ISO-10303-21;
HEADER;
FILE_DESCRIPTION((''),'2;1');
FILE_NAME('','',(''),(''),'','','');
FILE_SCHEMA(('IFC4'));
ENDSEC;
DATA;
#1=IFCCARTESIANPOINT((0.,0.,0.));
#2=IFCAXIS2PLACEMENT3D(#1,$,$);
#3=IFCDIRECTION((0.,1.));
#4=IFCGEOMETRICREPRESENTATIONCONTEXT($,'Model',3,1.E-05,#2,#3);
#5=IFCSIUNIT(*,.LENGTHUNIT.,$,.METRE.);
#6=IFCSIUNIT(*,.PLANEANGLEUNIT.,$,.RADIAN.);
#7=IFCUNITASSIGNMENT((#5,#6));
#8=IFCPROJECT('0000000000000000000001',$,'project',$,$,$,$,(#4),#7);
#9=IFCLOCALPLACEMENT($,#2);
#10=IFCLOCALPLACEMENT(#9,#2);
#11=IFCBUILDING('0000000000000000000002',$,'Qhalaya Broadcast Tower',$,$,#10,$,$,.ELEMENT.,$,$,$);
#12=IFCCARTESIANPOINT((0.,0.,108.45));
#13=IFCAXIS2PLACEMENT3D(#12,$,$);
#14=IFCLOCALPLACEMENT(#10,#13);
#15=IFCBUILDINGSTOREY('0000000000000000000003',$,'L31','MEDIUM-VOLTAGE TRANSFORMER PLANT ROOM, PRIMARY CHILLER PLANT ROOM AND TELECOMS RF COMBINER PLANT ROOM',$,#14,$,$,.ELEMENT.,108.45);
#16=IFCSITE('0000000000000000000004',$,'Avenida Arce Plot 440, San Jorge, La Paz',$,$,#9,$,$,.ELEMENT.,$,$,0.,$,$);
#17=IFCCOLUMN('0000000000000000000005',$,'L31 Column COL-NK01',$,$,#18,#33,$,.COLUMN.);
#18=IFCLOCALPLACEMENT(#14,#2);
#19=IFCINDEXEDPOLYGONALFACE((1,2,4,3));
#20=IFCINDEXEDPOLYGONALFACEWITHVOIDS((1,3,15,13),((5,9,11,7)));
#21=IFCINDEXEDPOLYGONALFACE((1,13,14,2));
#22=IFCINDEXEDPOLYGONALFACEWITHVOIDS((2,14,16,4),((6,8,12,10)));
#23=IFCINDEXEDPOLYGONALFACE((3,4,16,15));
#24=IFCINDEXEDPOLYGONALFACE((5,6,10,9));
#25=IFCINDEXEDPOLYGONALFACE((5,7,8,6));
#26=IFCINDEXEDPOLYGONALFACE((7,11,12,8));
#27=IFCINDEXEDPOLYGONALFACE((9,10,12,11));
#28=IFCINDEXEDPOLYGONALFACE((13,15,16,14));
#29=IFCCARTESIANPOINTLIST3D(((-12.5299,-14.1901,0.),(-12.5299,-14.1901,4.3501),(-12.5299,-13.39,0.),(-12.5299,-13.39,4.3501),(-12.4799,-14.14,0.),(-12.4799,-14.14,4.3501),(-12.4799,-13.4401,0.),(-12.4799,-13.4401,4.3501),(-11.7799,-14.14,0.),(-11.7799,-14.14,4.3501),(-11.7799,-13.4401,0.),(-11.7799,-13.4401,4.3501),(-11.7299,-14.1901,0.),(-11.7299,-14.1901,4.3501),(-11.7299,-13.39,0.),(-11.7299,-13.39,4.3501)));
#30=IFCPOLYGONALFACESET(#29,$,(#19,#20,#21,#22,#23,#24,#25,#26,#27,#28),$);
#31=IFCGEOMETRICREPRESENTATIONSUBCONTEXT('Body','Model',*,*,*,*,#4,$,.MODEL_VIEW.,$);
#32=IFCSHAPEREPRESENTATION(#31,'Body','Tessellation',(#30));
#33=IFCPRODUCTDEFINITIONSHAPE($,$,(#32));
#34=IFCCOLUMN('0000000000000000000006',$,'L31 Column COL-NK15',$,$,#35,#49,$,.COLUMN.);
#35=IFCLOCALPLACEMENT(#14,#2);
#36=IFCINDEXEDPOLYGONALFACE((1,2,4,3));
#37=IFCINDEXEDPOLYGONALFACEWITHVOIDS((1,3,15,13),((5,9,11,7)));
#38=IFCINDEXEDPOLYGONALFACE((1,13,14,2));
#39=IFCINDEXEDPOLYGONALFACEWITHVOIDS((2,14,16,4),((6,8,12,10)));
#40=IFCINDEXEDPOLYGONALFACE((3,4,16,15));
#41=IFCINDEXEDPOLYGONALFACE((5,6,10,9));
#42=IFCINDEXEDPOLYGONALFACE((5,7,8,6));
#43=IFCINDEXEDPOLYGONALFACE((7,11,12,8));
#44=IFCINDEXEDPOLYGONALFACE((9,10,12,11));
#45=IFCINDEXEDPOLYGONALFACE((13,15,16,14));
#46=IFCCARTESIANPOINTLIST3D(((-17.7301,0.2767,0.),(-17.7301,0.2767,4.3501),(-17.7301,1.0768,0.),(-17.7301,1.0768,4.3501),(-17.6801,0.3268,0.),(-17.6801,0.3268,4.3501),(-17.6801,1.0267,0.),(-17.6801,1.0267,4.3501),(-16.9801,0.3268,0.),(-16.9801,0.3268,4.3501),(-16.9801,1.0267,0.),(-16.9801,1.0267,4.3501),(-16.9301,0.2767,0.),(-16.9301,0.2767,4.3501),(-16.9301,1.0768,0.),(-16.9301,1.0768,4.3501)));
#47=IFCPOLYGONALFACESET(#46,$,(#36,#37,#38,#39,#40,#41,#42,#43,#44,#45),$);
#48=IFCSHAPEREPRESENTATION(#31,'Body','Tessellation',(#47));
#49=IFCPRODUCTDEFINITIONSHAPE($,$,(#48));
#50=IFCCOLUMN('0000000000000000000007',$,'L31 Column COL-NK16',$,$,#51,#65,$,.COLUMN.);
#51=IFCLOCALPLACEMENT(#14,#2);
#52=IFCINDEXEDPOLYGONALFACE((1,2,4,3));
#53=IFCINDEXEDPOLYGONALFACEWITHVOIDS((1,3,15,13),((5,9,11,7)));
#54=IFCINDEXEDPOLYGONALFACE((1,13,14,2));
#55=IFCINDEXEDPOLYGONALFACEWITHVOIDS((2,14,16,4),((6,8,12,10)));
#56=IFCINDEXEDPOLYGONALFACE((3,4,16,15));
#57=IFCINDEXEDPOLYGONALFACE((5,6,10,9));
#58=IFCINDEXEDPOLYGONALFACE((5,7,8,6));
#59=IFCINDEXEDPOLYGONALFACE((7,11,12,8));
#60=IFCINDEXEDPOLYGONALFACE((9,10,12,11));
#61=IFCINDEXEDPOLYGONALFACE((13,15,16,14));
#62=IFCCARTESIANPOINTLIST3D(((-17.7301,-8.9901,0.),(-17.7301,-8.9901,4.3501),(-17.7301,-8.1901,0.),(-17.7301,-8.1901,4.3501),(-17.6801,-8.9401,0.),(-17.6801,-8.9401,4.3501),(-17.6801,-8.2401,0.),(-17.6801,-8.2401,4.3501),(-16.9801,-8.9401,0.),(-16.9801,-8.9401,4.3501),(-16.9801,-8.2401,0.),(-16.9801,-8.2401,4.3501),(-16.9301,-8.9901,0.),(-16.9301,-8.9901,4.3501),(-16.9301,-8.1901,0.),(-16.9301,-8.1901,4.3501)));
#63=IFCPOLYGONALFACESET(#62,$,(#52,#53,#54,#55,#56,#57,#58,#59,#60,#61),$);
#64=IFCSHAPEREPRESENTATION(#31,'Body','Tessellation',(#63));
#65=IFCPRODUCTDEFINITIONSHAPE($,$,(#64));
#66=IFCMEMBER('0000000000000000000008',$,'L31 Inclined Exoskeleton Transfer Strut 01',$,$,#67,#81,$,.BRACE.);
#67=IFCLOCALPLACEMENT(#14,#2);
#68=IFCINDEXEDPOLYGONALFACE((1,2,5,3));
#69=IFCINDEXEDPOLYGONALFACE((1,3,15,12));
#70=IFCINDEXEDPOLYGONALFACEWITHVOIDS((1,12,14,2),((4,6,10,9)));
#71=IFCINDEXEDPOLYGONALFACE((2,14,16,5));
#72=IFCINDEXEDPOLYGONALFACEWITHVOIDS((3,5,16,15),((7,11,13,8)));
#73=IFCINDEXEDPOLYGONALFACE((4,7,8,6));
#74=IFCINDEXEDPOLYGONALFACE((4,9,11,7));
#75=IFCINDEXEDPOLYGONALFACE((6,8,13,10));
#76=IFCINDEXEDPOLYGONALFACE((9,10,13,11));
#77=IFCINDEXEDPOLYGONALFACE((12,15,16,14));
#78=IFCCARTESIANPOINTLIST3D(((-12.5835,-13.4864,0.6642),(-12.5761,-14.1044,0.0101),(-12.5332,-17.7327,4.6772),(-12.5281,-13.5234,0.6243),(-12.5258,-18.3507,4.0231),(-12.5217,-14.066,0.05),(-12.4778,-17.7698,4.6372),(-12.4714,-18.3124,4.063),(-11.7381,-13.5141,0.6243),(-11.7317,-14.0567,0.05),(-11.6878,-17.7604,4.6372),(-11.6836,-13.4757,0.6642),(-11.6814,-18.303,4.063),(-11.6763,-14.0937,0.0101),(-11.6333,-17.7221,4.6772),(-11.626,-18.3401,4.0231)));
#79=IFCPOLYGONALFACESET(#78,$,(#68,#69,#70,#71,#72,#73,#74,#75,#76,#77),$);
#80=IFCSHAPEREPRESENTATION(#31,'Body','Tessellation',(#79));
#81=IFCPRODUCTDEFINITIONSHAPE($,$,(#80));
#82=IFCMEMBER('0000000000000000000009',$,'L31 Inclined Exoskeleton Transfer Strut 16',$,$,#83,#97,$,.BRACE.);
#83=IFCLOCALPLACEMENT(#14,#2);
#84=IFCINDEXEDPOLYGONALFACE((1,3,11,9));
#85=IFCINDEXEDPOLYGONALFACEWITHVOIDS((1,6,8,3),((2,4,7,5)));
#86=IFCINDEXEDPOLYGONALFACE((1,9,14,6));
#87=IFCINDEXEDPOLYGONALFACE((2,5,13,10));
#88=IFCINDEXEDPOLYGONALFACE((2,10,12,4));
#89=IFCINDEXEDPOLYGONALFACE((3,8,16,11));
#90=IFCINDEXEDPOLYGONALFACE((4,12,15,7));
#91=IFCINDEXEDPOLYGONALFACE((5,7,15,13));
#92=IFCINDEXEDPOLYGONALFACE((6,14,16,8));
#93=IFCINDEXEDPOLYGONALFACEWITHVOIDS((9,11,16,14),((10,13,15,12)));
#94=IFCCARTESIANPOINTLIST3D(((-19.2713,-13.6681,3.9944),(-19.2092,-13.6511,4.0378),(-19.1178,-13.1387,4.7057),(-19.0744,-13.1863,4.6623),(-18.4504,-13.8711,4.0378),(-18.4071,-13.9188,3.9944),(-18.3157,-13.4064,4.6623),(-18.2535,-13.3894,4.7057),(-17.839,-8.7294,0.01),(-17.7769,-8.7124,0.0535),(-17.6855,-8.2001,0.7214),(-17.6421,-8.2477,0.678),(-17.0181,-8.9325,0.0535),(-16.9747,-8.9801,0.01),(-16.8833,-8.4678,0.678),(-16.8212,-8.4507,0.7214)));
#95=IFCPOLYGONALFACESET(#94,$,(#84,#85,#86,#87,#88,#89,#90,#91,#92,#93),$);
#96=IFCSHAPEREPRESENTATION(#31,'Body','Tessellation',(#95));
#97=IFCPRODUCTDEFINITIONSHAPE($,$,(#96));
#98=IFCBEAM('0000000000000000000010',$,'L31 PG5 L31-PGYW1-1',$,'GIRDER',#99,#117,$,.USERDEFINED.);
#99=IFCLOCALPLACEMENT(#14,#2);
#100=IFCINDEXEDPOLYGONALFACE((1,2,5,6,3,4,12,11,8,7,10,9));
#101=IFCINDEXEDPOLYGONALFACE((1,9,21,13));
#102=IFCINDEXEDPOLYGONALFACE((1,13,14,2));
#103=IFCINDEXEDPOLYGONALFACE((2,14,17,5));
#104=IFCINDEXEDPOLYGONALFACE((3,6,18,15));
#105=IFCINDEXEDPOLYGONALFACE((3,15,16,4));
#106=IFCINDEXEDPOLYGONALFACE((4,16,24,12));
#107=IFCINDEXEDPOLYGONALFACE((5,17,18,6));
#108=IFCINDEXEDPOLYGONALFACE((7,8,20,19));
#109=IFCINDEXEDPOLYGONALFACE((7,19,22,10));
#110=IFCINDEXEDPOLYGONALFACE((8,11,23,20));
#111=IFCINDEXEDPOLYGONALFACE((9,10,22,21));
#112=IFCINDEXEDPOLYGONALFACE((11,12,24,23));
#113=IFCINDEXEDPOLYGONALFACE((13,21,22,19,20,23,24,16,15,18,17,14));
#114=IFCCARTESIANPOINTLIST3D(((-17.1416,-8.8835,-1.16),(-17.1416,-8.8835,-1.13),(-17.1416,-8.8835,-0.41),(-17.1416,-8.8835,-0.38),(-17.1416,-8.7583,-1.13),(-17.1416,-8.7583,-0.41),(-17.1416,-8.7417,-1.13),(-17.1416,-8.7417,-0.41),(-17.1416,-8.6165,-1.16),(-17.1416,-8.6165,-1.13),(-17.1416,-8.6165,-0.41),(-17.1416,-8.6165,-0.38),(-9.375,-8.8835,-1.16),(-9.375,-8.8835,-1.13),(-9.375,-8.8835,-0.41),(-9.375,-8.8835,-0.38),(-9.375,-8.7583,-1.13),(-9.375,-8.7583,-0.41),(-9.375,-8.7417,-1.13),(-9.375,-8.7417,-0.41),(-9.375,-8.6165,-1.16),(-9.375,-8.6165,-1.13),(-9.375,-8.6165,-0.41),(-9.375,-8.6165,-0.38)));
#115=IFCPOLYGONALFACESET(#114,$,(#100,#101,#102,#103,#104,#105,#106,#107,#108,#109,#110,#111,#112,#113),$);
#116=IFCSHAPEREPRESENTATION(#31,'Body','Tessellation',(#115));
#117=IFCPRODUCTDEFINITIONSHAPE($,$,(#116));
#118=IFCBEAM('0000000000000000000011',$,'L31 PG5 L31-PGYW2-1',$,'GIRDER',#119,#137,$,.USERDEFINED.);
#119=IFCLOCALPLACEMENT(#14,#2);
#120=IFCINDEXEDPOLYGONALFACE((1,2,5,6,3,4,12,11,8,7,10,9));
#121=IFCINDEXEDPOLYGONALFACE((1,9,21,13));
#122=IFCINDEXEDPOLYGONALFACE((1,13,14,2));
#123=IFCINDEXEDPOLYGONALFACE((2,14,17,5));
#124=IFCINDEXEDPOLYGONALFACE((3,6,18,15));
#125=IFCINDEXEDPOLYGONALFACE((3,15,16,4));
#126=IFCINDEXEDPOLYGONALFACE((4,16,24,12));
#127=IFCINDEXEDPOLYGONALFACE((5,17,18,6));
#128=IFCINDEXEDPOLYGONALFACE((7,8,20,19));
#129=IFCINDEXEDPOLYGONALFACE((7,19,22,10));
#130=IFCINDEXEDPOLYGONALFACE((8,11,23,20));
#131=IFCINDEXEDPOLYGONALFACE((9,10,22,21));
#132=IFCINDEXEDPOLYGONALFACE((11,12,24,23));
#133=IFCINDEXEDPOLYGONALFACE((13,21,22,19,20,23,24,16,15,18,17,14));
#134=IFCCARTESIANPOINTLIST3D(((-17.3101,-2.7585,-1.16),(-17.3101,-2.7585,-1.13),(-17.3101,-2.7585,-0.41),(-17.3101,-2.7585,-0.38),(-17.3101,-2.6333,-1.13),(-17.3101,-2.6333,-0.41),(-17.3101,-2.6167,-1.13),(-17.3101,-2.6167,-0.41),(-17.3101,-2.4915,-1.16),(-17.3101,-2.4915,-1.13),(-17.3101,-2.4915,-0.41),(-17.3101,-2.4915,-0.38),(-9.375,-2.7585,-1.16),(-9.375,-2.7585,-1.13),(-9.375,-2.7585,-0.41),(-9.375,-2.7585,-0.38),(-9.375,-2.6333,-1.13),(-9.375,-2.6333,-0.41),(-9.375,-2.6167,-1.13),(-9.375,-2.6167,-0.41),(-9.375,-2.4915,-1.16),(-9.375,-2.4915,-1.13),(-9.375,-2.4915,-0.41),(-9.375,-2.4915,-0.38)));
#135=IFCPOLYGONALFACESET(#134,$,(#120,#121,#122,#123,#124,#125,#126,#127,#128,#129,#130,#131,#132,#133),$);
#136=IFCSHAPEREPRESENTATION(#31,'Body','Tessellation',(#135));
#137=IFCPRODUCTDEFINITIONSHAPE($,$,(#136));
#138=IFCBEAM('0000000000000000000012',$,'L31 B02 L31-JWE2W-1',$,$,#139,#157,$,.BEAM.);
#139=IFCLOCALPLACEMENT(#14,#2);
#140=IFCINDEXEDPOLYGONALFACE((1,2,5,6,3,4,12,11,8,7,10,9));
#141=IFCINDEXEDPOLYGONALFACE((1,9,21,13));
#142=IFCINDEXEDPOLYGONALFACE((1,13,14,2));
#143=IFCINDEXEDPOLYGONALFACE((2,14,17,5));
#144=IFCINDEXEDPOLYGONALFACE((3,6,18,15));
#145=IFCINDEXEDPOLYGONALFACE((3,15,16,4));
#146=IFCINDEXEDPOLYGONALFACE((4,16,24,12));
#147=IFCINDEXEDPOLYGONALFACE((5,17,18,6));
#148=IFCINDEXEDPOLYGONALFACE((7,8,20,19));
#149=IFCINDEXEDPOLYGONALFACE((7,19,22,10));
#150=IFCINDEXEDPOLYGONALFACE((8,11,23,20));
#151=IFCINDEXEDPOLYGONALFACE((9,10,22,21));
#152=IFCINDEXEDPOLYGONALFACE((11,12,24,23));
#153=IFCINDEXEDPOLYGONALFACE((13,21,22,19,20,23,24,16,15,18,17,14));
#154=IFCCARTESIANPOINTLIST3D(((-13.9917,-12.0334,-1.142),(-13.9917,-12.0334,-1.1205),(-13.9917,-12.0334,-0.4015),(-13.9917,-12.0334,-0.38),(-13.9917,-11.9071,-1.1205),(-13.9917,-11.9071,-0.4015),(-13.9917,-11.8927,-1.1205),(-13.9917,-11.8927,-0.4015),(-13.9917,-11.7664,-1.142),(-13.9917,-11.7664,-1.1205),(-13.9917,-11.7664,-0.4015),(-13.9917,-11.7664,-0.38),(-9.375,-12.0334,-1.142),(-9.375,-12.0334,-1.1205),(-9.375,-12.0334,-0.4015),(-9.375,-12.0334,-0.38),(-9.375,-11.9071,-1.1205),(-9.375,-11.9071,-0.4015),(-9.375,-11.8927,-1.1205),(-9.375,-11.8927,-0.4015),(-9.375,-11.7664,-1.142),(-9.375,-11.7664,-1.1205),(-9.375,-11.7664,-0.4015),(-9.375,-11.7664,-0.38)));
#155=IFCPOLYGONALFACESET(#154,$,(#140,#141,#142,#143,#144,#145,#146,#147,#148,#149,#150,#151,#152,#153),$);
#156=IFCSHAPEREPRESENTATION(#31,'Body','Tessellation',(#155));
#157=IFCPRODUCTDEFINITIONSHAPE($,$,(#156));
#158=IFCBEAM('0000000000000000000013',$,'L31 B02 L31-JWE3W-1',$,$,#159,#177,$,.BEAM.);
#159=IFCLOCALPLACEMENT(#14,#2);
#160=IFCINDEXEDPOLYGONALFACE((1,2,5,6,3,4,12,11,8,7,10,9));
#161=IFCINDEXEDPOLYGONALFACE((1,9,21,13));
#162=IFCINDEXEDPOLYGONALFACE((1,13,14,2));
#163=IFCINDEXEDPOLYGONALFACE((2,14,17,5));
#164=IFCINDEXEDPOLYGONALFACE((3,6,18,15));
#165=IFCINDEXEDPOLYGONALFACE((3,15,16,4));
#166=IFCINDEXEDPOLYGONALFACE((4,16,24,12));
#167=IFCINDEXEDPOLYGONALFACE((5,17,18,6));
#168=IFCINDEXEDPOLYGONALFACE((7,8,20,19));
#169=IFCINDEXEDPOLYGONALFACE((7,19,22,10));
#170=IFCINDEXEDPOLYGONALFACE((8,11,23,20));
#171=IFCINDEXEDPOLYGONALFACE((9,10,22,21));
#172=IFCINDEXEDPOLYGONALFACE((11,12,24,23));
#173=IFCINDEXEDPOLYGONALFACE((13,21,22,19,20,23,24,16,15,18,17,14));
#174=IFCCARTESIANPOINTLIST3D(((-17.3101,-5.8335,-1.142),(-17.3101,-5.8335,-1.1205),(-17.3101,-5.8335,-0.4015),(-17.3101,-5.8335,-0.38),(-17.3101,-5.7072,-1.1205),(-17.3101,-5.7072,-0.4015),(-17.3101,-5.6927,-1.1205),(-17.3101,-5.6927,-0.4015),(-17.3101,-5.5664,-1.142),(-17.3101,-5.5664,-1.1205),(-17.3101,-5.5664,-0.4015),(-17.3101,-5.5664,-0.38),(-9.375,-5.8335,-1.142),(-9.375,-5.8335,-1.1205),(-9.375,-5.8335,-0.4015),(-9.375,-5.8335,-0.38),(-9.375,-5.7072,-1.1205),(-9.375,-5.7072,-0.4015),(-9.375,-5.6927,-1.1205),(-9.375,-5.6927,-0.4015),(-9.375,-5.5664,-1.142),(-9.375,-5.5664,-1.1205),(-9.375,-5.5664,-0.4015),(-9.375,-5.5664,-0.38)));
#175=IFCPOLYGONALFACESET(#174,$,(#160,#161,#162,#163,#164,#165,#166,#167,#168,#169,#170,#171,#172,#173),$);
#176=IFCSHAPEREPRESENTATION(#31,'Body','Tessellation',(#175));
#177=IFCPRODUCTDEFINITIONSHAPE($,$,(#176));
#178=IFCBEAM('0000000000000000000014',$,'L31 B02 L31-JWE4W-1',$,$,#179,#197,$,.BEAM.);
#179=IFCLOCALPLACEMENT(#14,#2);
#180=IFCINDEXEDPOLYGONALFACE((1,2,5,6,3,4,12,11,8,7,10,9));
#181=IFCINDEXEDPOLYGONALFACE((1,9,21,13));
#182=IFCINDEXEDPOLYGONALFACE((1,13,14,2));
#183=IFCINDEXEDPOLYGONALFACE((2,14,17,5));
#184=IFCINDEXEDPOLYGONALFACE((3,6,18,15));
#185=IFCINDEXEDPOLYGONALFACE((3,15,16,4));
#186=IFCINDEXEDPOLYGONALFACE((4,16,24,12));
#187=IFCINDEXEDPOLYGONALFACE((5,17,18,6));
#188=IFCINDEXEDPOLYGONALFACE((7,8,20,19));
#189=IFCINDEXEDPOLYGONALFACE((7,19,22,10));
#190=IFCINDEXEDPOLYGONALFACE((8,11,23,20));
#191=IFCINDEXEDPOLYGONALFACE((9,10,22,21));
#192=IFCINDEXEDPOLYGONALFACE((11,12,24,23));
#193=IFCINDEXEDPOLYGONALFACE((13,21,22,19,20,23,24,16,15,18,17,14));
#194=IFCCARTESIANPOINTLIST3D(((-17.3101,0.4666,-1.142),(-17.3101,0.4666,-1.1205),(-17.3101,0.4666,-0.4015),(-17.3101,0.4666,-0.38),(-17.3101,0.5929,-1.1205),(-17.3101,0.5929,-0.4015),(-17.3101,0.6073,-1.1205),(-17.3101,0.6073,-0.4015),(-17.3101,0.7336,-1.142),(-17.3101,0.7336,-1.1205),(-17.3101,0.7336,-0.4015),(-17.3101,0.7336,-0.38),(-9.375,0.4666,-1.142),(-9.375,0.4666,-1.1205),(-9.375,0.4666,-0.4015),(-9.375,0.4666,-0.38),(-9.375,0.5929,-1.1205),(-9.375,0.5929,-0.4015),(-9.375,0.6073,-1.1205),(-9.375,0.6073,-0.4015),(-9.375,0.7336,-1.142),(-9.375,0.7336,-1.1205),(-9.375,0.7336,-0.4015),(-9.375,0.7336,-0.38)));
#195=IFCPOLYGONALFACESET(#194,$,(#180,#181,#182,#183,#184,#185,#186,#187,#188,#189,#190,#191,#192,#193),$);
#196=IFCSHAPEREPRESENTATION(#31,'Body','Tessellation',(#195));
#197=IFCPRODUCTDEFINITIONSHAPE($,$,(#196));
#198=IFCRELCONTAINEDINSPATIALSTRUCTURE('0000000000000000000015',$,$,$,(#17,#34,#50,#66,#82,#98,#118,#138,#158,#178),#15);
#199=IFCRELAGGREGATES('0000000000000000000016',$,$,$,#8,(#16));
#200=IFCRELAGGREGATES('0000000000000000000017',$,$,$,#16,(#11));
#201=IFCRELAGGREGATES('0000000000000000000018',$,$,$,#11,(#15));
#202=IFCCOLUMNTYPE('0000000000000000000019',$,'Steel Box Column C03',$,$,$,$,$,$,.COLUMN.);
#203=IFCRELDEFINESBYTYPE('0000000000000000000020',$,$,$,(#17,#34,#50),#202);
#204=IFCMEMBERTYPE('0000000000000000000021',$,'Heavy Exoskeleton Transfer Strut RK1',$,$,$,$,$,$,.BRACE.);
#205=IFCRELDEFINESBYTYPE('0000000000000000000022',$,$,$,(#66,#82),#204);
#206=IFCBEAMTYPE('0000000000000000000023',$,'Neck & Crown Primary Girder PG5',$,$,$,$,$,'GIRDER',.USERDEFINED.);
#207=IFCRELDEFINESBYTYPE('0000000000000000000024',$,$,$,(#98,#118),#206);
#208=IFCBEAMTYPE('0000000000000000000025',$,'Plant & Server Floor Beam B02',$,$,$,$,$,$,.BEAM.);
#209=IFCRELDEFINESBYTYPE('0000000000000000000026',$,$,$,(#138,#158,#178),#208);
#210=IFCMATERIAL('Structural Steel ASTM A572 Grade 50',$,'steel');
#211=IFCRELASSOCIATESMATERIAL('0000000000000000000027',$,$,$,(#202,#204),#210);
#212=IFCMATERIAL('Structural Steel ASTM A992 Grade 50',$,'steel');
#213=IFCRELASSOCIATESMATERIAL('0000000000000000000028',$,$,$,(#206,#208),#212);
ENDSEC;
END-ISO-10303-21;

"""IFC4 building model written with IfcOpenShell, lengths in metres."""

from ifc_helpers import new_model, si_unit, direction, frame, origin, origin_2d, place, context, subcontext, project, spatial, hollow_rectangle, i_section, extrude, material, material_profile, profile_set, type_object, element, save


model = new_model("IFC4")

# Units and contexts
model_context = context("Model", 3, precision=1e-05, world=origin(), true_north=direction((0.0, 1.0)))
body_context = subcontext(model_context, "Body", "Model", "MODEL_VIEW")
ifc_project = project(units=[si_unit("LENGTHUNIT", "METRE"), si_unit("PLANEANGLEUNIT", "RADIAN")], contexts=[model_context])

# Site, building, storey
site_placement = place(None, origin())
site = spatial("IfcSite", under=ifc_project, at=site_placement, Name="Avenida Arce Plot 440, San Jorge, La Paz", CompositionType="ELEMENT", RefElevation=0.0)
building_placement = place(site_placement, origin())
building = spatial("IfcBuilding", under=site, at=building_placement, Name="Qhalaya Broadcast Tower", CompositionType="ELEMENT")
storey_placement = place(building_placement, frame((0.0, 0.0, 108.45)))
storey = spatial("IfcBuildingStorey", under=building, at=storey_placement, Name="L31", Description="MEDIUM-VOLTAGE TRANSFORMER PLANT ROOM, PRIMARY CHILLER PLANT ROOM AND TELECOMS RF COMBINER PLANT ROOM", CompositionType="ELEMENT", Elevation=108.45)

# Columns
ifc_material_1 = material(Name="Structural Steel ASTM A572 Grade 50", Category="steel")
ifc_material_profile_1 = material_profile(ifc_material_1, hollow_rectangle(XDim=0.8, YDim=0.8, WallThickness=0.05, at=origin_2d()), Name="BOX 800x800x50")
ifc_profile_set_1 = profile_set([ifc_material_profile_1], Name="Structural Steel ASTM A572 Grade 50")
column_type = type_object("IfcColumnType", Name="Steel Box Column C03", PredefinedType="COLUMN", material=ifc_profile_set_1)
for number, where, z_axis, x_axis, name in (
    (1, (-12.1299, -13.79, 0.0), (0.0, 0.0, 1.0), (1.0, 0.0, 0.0), "L31 Column COL-NK01"),
    (2, (-17.3301, 0.6768, 0.0), (0.0, 0.0, 1.0), (0.0, 1.0, 0.0), "L31 Column COL-NK15"),
    (3, (-17.3301, -8.5901, 0.0), (0.0, 0.0, 1.0), (0.0, 1.0, 0.0), "L31 Column COL-NK16"),
):
    element("IfcColumn", number, at=place(storey_placement, frame(where, z_axis=z_axis, x_axis=x_axis)), inside=storey, type_object=column_type, Name=name, PredefinedType="COLUMN", context=body_context, shape_type="SweptSolid", body=[
        extrude(hollow_rectangle(XDim=0.8, YDim=0.8, WallThickness=0.05, at=origin_2d()), origin(), (0.0, 0.0, 1.0), 4.3501),
    ])

# Members
ifc_material_profile_2 = material_profile(ifc_material_1, hollow_rectangle(XDim=0.8999, YDim=0.8999, WallThickness=0.0549, at=origin_2d()), Name="BOX 900x900x55")
ifc_profile_set_2 = profile_set([ifc_material_profile_2], Name="Structural Steel ASTM A572 Grade 50")
member_type = type_object("IfcMemberType", Name="Heavy Exoskeleton Transfer Strut RK1", PredefinedType="BRACE", material=ifc_profile_set_2)
member_1_placement = place(storey_placement, frame((-12.1299, -13.79, 0.3372), z_axis=(0.008608, -0.726772, 0.686825), x_axis=(0.99993, 0.011843, 0.0)))
element("IfcMember", 4, at=member_1_placement, inside=storey, type_object=member_type, Name="L31 Inclined Exoskeleton Transfer Strut 01", PredefinedType="BRACE", context=body_context, shape_type="SweptSolid", body=[
    extrude(hollow_rectangle(XDim=0.8999, YDim=0.8999, WallThickness=0.0549, at=origin_2d()), origin(), (0.0, 0.0, 1.0), 5.8428),
])
member_2_placement = place(storey_placement, frame((-17.3301, -8.5901, 0.3657), z_axis=(-0.220188, -0.759193, 0.612489), x_axis=(0.960422, -0.27855, 0.0)))
element("IfcMember", 5, at=member_2_placement, inside=storey, type_object=member_type, Name="L31 Inclined Exoskeleton Transfer Strut 16", PredefinedType="BRACE", context=body_context, shape_type="SweptSolid", body=[
    extrude(hollow_rectangle(XDim=0.8999, YDim=0.8999, WallThickness=0.0549, at=origin_2d()), origin(), (0.0, 0.0, 1.0), 6.5051),
])

# Beams
ifc_material_2 = material(Name="Structural Steel ASTM A992 Grade 50", Category="steel")
ifc_material_profile_3 = material_profile(ifc_material_2, i_section(OverallWidth=0.2671, OverallDepth=0.78, WebThickness=0.0166, FlangeThickness=0.03, at=origin_2d()), Name="W30X148")
ifc_profile_set_3 = profile_set([ifc_material_profile_3], Name="Structural Steel ASTM A992 Grade 50")
beam_type_1 = type_object("IfcBeamType", Name="Neck & Crown Primary Girder PG5", ElementType="GIRDER", PredefinedType="USERDEFINED", material=ifc_profile_set_3)
beam_1_placement = place(storey_placement, frame((-17.1416, -8.75, -0.77), z_axis=(1.0, 0.0, 0.0), x_axis=(0.0, 1.0, 0.0)))
element("IfcBeam", 6, at=beam_1_placement, inside=storey, type_object=beam_type_1, Name="L31 PG5 L31-PGYW1-1", ObjectType="GIRDER", PredefinedType="USERDEFINED", context=body_context, shape_type="SweptSolid", body=[
    extrude(i_section(OverallWidth=0.2671, OverallDepth=0.78, WebThickness=0.0166, FlangeThickness=0.03, at=origin_2d()), origin(), (0.0, 0.0, 1.0), 7.7666),
])
beam_2_placement = place(storey_placement, frame((-17.3101, -2.625, -0.77), z_axis=(1.0, 0.0, 0.0), x_axis=(0.0, 1.0, 0.0)))
element("IfcBeam", 7, at=beam_2_placement, inside=storey, type_object=beam_type_1, Name="L31 PG5 L31-PGYW2-1", ObjectType="GIRDER", PredefinedType="USERDEFINED", context=body_context, shape_type="SweptSolid", body=[
    extrude(i_section(OverallWidth=0.2671, OverallDepth=0.78, WebThickness=0.0166, FlangeThickness=0.03, at=origin_2d()), origin(), (0.0, 0.0, 1.0), 7.9351),
])
ifc_material_profile_4 = material_profile(ifc_material_2, i_section(OverallWidth=0.2671, OverallDepth=0.762, WebThickness=0.0144, FlangeThickness=0.0215, at=origin_2d()), Name="W30X116")
ifc_profile_set_4 = profile_set([ifc_material_profile_4], Name="Structural Steel ASTM A992 Grade 50")
beam_type_2 = type_object("IfcBeamType", Name="Plant & Server Floor Beam B02", PredefinedType="BEAM", material=ifc_profile_set_4)
beam_3_placement = place(storey_placement, frame((-13.9917, -11.8999, -0.761), z_axis=(1.0, 0.0, 0.0), x_axis=(0.0, 1.0, 0.0)))
element("IfcBeam", 8, at=beam_3_placement, inside=storey, type_object=beam_type_2, Name="L31 B02 L31-JWE2W-1", PredefinedType="BEAM", context=body_context, shape_type="SweptSolid", body=[
    extrude(i_section(OverallWidth=0.2671, OverallDepth=0.762, WebThickness=0.0144, FlangeThickness=0.0215, at=origin_2d()), origin(), (0.0, 0.0, 1.0), 4.6167),
])
for number, where, z_axis, x_axis, name in (
    (9, (-17.3101, -5.7, -0.761), (1.0, 0.0, 0.0), (0.0, 1.0, 0.0), "L31 B02 L31-JWE3W-1"),
    (10, (-17.3101, 0.6001, -0.761), (1.0, 0.0, 0.0), (0.0, 1.0, 0.0), "L31 B02 L31-JWE4W-1"),
):
    element("IfcBeam", number, at=place(storey_placement, frame(where, z_axis=z_axis, x_axis=x_axis)), inside=storey, type_object=beam_type_2, Name=name, PredefinedType="BEAM", context=body_context, shape_type="SweptSolid", body=[
        extrude(i_section(OverallWidth=0.2671, OverallDepth=0.762, WebThickness=0.0144, FlangeThickness=0.0215, at=origin_2d()), origin(), (0.0, 0.0, 1.0), 7.9351),
    ])

save(model, "model.ifc")
